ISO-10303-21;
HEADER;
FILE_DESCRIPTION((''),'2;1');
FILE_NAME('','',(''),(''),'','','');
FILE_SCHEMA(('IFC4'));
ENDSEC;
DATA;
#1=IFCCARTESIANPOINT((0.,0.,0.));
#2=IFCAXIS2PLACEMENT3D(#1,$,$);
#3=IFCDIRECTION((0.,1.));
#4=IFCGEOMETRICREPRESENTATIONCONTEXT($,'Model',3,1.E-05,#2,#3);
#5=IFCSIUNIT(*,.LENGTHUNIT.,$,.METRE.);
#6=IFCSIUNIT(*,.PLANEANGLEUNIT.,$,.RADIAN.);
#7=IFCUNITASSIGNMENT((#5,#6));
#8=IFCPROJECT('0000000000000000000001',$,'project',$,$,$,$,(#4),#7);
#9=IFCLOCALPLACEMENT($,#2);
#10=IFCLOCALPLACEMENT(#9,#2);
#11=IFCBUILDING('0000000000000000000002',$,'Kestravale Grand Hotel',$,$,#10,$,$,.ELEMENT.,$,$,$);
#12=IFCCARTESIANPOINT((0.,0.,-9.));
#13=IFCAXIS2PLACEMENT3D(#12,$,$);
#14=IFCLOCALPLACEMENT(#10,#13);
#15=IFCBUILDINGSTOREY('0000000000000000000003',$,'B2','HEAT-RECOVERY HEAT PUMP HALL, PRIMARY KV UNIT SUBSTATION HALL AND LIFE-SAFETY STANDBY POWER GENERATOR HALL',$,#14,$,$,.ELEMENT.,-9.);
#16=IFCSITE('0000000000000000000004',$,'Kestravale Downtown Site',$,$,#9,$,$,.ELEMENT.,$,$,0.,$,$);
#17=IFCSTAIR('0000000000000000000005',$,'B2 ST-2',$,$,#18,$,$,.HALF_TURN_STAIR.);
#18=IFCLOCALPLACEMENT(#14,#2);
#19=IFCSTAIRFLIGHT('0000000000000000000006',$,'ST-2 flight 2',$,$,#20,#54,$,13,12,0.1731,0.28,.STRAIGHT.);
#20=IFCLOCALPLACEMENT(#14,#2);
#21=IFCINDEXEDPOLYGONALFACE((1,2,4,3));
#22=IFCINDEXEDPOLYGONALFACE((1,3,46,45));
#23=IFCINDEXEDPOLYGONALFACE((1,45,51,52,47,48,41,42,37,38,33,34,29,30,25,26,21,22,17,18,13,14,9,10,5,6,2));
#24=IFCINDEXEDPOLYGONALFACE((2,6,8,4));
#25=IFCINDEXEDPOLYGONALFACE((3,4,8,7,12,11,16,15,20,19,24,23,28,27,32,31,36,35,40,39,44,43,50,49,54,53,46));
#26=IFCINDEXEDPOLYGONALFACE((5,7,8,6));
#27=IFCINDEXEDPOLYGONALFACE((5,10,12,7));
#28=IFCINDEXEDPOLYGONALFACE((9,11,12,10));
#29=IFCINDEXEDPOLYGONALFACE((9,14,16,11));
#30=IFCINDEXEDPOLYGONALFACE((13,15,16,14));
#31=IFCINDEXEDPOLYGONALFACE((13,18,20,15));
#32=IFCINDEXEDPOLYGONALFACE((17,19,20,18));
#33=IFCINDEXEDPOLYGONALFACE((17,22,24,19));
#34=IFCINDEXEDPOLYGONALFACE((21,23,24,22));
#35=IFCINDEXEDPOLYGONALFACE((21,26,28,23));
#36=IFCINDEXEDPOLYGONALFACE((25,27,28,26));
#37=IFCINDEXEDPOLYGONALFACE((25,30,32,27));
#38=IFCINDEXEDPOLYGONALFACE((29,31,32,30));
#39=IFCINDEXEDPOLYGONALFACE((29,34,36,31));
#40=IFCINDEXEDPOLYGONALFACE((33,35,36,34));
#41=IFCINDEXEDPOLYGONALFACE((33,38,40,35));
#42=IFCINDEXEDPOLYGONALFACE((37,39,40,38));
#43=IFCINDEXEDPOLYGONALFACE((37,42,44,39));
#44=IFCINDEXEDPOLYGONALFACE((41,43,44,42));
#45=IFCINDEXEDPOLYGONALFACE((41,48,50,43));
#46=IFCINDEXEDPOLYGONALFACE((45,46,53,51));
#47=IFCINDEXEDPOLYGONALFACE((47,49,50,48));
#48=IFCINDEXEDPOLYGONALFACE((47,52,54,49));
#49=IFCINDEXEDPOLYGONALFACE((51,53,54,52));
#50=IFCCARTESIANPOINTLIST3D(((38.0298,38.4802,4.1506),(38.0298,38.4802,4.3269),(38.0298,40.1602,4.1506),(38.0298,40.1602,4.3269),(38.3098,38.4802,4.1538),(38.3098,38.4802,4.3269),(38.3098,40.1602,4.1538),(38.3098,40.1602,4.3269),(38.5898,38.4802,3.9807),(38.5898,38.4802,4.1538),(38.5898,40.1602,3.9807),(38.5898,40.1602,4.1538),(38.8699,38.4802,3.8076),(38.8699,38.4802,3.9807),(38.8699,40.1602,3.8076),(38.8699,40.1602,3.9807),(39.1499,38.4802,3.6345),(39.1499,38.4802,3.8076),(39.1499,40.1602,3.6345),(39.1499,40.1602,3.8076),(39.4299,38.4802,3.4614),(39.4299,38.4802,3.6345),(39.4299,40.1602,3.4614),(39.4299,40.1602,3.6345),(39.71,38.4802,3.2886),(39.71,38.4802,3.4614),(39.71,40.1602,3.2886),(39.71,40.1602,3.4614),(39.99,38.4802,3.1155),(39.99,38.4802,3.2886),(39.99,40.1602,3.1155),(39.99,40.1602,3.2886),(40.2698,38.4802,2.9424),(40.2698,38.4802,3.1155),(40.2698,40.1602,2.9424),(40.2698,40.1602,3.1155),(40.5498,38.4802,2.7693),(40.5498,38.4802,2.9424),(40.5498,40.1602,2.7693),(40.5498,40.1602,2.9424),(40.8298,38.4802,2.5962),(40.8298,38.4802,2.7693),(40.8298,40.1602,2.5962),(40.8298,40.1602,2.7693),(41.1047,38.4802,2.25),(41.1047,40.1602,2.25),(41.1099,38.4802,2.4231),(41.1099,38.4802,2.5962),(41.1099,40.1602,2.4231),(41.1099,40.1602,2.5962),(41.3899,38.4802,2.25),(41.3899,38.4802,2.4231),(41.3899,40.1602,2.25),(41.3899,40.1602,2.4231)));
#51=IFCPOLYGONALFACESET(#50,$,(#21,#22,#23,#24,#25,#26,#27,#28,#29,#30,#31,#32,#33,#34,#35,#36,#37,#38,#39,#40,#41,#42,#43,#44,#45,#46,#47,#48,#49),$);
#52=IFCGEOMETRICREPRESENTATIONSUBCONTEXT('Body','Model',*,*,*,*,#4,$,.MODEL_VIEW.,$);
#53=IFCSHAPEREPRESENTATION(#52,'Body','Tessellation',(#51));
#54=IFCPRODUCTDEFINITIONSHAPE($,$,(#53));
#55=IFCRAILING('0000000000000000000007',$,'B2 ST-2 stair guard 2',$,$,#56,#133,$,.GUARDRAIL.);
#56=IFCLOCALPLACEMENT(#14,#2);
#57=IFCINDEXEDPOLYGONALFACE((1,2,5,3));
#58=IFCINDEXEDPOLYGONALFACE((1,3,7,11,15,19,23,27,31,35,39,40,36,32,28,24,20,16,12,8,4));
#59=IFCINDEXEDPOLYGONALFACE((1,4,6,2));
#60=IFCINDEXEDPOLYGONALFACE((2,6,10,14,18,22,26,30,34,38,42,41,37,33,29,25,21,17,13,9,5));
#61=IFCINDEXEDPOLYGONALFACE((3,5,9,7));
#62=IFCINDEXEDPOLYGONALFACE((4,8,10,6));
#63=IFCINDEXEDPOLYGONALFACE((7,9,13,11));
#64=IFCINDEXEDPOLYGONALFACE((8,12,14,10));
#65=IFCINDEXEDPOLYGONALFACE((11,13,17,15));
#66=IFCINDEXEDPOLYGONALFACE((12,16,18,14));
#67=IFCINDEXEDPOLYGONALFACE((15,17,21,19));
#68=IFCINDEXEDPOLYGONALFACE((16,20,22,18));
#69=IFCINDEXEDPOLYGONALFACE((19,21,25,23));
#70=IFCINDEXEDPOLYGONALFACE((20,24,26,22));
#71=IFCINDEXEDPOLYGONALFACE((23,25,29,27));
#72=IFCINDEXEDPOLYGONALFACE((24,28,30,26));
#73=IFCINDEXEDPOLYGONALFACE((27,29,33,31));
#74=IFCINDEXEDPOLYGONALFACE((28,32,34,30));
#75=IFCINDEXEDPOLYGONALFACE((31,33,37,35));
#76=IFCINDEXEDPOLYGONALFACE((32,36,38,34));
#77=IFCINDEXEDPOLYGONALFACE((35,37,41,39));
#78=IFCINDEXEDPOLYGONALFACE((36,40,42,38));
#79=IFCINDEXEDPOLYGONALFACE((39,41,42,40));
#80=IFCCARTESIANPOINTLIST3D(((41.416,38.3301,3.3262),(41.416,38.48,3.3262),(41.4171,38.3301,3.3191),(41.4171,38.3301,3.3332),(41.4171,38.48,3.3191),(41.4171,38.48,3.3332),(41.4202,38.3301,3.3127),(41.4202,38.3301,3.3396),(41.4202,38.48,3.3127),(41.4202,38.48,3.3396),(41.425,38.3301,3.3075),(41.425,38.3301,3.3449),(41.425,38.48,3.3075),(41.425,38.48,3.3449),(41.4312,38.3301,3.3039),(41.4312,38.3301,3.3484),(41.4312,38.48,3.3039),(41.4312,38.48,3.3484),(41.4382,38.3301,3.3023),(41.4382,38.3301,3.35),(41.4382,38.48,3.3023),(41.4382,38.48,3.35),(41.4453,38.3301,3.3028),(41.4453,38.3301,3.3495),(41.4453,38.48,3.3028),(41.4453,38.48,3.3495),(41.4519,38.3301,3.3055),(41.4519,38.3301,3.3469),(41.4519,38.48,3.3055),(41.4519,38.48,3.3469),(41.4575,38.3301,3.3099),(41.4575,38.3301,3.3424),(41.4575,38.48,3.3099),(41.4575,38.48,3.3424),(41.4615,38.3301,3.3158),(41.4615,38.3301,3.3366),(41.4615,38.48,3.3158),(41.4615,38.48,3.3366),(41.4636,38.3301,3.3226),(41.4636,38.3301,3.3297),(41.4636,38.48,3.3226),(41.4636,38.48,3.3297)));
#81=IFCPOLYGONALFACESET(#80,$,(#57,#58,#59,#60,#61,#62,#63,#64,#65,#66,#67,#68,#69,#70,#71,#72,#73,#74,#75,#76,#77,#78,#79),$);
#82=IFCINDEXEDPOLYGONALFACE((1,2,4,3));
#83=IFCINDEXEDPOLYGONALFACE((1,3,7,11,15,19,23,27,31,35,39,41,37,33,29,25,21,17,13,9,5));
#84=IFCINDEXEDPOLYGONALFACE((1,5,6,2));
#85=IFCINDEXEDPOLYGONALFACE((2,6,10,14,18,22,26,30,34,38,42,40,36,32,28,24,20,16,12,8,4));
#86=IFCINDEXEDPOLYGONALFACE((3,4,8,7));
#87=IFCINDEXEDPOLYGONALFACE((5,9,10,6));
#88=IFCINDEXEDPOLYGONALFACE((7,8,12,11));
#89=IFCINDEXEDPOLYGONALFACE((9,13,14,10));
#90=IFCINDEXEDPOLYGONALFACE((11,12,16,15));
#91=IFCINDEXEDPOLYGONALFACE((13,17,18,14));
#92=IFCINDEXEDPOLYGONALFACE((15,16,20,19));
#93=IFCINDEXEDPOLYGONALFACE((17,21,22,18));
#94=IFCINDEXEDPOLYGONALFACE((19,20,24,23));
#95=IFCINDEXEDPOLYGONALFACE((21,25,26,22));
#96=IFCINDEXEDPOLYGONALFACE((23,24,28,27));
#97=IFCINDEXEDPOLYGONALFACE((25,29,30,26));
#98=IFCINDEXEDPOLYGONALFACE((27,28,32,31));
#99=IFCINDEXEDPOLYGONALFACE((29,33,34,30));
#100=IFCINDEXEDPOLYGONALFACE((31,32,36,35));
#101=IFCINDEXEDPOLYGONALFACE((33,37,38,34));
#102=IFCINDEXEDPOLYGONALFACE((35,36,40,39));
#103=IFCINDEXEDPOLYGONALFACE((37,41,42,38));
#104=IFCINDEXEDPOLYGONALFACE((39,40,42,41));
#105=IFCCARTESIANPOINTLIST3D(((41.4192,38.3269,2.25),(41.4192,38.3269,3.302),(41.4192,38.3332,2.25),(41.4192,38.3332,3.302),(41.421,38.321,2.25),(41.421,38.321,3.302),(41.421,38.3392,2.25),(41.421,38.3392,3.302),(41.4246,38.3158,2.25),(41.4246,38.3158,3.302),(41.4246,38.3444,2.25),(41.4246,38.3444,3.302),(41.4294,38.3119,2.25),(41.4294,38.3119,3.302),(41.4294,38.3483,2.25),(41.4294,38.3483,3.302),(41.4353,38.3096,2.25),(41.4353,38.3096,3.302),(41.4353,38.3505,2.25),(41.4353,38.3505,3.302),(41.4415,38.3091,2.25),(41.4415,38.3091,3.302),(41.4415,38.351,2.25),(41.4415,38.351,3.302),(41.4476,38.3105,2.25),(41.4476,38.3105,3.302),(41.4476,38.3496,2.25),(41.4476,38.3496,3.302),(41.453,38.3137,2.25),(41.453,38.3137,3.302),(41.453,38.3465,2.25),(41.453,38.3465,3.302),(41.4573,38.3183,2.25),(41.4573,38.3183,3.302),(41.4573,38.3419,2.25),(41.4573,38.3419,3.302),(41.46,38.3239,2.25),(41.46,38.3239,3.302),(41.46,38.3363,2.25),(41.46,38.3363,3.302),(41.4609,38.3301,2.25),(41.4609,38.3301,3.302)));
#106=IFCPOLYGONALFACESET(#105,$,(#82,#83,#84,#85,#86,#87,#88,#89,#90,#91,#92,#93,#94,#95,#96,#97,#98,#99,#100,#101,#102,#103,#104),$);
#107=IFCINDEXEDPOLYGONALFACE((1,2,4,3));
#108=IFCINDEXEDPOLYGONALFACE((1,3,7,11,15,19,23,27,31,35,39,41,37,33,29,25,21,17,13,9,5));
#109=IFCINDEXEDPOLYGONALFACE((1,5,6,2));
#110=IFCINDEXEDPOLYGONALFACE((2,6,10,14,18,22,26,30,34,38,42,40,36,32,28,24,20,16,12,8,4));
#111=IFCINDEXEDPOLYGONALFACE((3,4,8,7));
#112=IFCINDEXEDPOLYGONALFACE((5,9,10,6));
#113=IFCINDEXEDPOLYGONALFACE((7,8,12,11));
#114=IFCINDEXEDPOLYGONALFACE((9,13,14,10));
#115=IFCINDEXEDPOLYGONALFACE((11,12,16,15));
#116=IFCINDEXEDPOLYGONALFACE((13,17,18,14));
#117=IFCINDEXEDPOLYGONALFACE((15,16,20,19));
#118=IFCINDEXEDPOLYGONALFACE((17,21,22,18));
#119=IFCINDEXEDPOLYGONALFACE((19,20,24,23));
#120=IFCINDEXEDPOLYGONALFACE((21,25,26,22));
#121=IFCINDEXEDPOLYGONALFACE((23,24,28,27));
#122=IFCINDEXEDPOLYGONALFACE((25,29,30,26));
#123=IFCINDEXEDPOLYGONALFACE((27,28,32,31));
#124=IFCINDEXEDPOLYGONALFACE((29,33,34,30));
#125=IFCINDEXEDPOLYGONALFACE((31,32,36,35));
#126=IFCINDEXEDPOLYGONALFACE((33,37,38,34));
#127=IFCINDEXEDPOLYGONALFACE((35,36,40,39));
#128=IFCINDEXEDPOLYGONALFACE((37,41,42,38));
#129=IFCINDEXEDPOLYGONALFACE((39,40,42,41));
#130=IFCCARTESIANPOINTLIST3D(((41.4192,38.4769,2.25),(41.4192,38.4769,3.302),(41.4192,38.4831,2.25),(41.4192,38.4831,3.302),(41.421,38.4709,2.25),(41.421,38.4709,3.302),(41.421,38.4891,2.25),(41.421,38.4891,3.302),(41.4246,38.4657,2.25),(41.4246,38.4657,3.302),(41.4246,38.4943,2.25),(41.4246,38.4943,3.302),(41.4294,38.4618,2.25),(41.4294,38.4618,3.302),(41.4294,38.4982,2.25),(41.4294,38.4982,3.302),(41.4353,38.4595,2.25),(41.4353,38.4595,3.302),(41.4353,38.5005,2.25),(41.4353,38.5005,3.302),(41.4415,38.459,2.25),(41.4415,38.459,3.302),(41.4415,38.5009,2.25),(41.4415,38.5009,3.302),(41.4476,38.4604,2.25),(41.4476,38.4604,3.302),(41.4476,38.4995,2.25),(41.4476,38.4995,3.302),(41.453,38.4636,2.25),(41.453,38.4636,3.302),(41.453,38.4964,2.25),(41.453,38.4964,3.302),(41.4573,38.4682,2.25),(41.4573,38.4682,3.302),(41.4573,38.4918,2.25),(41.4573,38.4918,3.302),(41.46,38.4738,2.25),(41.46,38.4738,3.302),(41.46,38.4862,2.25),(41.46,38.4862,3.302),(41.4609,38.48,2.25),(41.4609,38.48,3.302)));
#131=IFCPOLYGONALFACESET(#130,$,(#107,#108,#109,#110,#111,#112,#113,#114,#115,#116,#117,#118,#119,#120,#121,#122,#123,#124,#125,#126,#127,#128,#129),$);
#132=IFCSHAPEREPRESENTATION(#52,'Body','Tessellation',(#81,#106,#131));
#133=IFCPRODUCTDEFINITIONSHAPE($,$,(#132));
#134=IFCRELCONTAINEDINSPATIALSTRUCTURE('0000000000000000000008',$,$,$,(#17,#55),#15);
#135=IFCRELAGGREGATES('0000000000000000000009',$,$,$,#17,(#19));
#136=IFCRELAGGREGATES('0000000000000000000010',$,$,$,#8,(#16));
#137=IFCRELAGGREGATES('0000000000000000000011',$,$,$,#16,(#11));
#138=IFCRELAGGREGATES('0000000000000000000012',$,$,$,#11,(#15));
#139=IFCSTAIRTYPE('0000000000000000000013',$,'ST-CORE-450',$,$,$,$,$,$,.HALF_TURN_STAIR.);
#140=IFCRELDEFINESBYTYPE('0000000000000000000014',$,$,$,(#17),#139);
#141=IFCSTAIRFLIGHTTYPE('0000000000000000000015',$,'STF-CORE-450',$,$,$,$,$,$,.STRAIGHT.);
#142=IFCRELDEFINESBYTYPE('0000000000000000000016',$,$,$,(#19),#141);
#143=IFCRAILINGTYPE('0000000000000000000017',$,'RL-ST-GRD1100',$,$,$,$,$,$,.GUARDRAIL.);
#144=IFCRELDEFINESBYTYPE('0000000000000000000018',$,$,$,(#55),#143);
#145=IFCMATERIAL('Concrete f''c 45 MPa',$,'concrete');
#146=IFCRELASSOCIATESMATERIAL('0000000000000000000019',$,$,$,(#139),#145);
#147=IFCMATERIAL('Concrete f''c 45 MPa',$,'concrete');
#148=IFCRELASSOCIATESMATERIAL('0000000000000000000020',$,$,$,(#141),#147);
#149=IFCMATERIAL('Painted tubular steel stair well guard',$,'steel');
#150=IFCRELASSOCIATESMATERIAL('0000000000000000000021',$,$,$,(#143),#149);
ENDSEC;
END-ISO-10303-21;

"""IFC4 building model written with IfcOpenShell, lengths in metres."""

from ifc_helpers import new_model, si_unit, direction, frame, origin, origin_2d, place, context, subcontext, project, spatial, polyline, circle, outline, extrude, material, type_object, element, aggregate, save


model = new_model("IFC4")

# Units and contexts
model_context = context("Model", 3, precision=1e-05, world=origin(), true_north=direction((0.0, 1.0)))
body_context = subcontext(model_context, "Body", "Model", "MODEL_VIEW")
ifc_project = project(units=[si_unit("LENGTHUNIT", "METRE"), si_unit("PLANEANGLEUNIT", "RADIAN")], contexts=[model_context])

# Site, building, storey
site_placement = place(None, origin())
site = spatial("IfcSite", under=ifc_project, at=site_placement, Name="Kestravale Downtown Site", CompositionType="ELEMENT", RefElevation=0.0)
building_placement = place(site_placement, origin())
building = spatial("IfcBuilding", under=site, at=building_placement, Name="Kestravale Grand Hotel", CompositionType="ELEMENT")
storey_placement = place(building_placement, frame((0.0, 0.0, -9.0)))
storey = spatial("IfcBuildingStorey", under=building, at=storey_placement, Name="B2", Description="HEAT-RECOVERY HEAT PUMP HALL, PRIMARY KV UNIT SUBSTATION HALL AND LIFE-SAFETY STANDBY POWER GENERATOR HALL", CompositionType="ELEMENT", Elevation=-9.0)

# Stair, stair flight
ifc_material_1 = material(Name="Concrete f'c 45 MPa", Category="concrete")
stair_type = type_object("IfcStairType", Name="ST-CORE-450", PredefinedType="HALF_TURN_STAIR", material=ifc_material_1)
stair_placement = place(storey_placement, origin())
stair = element("IfcStair", 1, at=stair_placement, inside=storey, type_object=stair_type, Name="B2 ST-2", PredefinedType="HALF_TURN_STAIR")
ifc_material_2 = material(Name="Concrete f'c 45 MPa", Category="concrete")
stair_flight_type = type_object("IfcStairFlightType", Name="STF-CORE-450", PredefinedType="STRAIGHT", material=ifc_material_2)
stair_flight_placement = place(storey_placement, frame((41.3899, 39.3201, 2.25), z_axis=(0.0, 0.0, 1.0), x_axis=(-1.0, 0.0, 0.0)))
stair_flight = element("IfcStairFlight", 2, at=stair_flight_placement, type_object=stair_flight_type, Name="ST-2 flight 2", NumberOfRisers=13, NumberOfTreads=12, PredefinedType="STRAIGHT", RiserHeight=0.1731, TreadLength=0.28, context=body_context, shape_type="SweptSolid", body=[
    extrude(outline(polyline([(0.0, 0.0), (0.0, 0.1731), (0.28, 0.1731), (0.28, 0.3462), (0.5601, 0.3462), (0.5601, 0.5193), (0.8401, 0.5193), (0.8401, 0.6924), (1.1201, 0.6924), (1.1201, 0.8655), (1.3999, 0.8655), (1.3999, 1.0386), (1.6799, 1.0386), (1.6799, 1.2114), (1.96, 1.2114), (1.96, 1.3845), (2.24, 1.3845), (2.24, 1.5576), (2.52, 1.5576), (2.52, 1.7307), (2.8, 1.7307), (2.8, 1.9038), (3.0801, 1.9038), (3.0801, 2.0769), (3.3601, 2.0769), (3.3601, 2.25), (3.3601, 1.9006), (0.2852, 0.0), (0.0, 0.0)])), frame((0.0, 0.8398, 0.0), z_axis=(0.0, -1.0, 0.0), x_axis=(1.0, 0.0, 0.0)), (0.0, 0.0, 1.0), 1.6799),
])
aggregate(stair, [stair_flight])

# Railing
ifc_material_3 = material(Name="Painted tubular steel stair well guard", Category="steel")
railing_type_1 = type_object("IfcRailingType", Name="RL-ST-GRD1100", PredefinedType="GUARDRAIL", material=ifc_material_3)
railing_1_placement = place(storey_placement, frame((41.4399, 38.3301, 2.25)))
element("IfcRailing", 3, at=railing_1_placement, inside=storey, type_object=railing_type_1, Name="B2 ST-2 stair guard 2", PredefinedType="GUARDRAIL", context=body_context, shape_type="SweptSolid", body=[
    extrude(circle(Radius=0.0239, at=origin_2d()), frame((0.0, 0.0, 1.0762), z_axis=(0.0, 1.0, 0.0), x_axis=(-1.0, 0.0, 0.0)), (0.0, 0.0, 1.0), 0.1499),
    extrude(circle(Radius=0.021, at=origin_2d()), origin(), (0.0, 0.0, 1.0), 1.052),
    extrude(circle(Radius=0.021, at=origin_2d()), frame((0.0, 0.1499, 0.0)), (0.0, 0.0, 1.0), 1.052),
])

save(model, "model.ifc")
